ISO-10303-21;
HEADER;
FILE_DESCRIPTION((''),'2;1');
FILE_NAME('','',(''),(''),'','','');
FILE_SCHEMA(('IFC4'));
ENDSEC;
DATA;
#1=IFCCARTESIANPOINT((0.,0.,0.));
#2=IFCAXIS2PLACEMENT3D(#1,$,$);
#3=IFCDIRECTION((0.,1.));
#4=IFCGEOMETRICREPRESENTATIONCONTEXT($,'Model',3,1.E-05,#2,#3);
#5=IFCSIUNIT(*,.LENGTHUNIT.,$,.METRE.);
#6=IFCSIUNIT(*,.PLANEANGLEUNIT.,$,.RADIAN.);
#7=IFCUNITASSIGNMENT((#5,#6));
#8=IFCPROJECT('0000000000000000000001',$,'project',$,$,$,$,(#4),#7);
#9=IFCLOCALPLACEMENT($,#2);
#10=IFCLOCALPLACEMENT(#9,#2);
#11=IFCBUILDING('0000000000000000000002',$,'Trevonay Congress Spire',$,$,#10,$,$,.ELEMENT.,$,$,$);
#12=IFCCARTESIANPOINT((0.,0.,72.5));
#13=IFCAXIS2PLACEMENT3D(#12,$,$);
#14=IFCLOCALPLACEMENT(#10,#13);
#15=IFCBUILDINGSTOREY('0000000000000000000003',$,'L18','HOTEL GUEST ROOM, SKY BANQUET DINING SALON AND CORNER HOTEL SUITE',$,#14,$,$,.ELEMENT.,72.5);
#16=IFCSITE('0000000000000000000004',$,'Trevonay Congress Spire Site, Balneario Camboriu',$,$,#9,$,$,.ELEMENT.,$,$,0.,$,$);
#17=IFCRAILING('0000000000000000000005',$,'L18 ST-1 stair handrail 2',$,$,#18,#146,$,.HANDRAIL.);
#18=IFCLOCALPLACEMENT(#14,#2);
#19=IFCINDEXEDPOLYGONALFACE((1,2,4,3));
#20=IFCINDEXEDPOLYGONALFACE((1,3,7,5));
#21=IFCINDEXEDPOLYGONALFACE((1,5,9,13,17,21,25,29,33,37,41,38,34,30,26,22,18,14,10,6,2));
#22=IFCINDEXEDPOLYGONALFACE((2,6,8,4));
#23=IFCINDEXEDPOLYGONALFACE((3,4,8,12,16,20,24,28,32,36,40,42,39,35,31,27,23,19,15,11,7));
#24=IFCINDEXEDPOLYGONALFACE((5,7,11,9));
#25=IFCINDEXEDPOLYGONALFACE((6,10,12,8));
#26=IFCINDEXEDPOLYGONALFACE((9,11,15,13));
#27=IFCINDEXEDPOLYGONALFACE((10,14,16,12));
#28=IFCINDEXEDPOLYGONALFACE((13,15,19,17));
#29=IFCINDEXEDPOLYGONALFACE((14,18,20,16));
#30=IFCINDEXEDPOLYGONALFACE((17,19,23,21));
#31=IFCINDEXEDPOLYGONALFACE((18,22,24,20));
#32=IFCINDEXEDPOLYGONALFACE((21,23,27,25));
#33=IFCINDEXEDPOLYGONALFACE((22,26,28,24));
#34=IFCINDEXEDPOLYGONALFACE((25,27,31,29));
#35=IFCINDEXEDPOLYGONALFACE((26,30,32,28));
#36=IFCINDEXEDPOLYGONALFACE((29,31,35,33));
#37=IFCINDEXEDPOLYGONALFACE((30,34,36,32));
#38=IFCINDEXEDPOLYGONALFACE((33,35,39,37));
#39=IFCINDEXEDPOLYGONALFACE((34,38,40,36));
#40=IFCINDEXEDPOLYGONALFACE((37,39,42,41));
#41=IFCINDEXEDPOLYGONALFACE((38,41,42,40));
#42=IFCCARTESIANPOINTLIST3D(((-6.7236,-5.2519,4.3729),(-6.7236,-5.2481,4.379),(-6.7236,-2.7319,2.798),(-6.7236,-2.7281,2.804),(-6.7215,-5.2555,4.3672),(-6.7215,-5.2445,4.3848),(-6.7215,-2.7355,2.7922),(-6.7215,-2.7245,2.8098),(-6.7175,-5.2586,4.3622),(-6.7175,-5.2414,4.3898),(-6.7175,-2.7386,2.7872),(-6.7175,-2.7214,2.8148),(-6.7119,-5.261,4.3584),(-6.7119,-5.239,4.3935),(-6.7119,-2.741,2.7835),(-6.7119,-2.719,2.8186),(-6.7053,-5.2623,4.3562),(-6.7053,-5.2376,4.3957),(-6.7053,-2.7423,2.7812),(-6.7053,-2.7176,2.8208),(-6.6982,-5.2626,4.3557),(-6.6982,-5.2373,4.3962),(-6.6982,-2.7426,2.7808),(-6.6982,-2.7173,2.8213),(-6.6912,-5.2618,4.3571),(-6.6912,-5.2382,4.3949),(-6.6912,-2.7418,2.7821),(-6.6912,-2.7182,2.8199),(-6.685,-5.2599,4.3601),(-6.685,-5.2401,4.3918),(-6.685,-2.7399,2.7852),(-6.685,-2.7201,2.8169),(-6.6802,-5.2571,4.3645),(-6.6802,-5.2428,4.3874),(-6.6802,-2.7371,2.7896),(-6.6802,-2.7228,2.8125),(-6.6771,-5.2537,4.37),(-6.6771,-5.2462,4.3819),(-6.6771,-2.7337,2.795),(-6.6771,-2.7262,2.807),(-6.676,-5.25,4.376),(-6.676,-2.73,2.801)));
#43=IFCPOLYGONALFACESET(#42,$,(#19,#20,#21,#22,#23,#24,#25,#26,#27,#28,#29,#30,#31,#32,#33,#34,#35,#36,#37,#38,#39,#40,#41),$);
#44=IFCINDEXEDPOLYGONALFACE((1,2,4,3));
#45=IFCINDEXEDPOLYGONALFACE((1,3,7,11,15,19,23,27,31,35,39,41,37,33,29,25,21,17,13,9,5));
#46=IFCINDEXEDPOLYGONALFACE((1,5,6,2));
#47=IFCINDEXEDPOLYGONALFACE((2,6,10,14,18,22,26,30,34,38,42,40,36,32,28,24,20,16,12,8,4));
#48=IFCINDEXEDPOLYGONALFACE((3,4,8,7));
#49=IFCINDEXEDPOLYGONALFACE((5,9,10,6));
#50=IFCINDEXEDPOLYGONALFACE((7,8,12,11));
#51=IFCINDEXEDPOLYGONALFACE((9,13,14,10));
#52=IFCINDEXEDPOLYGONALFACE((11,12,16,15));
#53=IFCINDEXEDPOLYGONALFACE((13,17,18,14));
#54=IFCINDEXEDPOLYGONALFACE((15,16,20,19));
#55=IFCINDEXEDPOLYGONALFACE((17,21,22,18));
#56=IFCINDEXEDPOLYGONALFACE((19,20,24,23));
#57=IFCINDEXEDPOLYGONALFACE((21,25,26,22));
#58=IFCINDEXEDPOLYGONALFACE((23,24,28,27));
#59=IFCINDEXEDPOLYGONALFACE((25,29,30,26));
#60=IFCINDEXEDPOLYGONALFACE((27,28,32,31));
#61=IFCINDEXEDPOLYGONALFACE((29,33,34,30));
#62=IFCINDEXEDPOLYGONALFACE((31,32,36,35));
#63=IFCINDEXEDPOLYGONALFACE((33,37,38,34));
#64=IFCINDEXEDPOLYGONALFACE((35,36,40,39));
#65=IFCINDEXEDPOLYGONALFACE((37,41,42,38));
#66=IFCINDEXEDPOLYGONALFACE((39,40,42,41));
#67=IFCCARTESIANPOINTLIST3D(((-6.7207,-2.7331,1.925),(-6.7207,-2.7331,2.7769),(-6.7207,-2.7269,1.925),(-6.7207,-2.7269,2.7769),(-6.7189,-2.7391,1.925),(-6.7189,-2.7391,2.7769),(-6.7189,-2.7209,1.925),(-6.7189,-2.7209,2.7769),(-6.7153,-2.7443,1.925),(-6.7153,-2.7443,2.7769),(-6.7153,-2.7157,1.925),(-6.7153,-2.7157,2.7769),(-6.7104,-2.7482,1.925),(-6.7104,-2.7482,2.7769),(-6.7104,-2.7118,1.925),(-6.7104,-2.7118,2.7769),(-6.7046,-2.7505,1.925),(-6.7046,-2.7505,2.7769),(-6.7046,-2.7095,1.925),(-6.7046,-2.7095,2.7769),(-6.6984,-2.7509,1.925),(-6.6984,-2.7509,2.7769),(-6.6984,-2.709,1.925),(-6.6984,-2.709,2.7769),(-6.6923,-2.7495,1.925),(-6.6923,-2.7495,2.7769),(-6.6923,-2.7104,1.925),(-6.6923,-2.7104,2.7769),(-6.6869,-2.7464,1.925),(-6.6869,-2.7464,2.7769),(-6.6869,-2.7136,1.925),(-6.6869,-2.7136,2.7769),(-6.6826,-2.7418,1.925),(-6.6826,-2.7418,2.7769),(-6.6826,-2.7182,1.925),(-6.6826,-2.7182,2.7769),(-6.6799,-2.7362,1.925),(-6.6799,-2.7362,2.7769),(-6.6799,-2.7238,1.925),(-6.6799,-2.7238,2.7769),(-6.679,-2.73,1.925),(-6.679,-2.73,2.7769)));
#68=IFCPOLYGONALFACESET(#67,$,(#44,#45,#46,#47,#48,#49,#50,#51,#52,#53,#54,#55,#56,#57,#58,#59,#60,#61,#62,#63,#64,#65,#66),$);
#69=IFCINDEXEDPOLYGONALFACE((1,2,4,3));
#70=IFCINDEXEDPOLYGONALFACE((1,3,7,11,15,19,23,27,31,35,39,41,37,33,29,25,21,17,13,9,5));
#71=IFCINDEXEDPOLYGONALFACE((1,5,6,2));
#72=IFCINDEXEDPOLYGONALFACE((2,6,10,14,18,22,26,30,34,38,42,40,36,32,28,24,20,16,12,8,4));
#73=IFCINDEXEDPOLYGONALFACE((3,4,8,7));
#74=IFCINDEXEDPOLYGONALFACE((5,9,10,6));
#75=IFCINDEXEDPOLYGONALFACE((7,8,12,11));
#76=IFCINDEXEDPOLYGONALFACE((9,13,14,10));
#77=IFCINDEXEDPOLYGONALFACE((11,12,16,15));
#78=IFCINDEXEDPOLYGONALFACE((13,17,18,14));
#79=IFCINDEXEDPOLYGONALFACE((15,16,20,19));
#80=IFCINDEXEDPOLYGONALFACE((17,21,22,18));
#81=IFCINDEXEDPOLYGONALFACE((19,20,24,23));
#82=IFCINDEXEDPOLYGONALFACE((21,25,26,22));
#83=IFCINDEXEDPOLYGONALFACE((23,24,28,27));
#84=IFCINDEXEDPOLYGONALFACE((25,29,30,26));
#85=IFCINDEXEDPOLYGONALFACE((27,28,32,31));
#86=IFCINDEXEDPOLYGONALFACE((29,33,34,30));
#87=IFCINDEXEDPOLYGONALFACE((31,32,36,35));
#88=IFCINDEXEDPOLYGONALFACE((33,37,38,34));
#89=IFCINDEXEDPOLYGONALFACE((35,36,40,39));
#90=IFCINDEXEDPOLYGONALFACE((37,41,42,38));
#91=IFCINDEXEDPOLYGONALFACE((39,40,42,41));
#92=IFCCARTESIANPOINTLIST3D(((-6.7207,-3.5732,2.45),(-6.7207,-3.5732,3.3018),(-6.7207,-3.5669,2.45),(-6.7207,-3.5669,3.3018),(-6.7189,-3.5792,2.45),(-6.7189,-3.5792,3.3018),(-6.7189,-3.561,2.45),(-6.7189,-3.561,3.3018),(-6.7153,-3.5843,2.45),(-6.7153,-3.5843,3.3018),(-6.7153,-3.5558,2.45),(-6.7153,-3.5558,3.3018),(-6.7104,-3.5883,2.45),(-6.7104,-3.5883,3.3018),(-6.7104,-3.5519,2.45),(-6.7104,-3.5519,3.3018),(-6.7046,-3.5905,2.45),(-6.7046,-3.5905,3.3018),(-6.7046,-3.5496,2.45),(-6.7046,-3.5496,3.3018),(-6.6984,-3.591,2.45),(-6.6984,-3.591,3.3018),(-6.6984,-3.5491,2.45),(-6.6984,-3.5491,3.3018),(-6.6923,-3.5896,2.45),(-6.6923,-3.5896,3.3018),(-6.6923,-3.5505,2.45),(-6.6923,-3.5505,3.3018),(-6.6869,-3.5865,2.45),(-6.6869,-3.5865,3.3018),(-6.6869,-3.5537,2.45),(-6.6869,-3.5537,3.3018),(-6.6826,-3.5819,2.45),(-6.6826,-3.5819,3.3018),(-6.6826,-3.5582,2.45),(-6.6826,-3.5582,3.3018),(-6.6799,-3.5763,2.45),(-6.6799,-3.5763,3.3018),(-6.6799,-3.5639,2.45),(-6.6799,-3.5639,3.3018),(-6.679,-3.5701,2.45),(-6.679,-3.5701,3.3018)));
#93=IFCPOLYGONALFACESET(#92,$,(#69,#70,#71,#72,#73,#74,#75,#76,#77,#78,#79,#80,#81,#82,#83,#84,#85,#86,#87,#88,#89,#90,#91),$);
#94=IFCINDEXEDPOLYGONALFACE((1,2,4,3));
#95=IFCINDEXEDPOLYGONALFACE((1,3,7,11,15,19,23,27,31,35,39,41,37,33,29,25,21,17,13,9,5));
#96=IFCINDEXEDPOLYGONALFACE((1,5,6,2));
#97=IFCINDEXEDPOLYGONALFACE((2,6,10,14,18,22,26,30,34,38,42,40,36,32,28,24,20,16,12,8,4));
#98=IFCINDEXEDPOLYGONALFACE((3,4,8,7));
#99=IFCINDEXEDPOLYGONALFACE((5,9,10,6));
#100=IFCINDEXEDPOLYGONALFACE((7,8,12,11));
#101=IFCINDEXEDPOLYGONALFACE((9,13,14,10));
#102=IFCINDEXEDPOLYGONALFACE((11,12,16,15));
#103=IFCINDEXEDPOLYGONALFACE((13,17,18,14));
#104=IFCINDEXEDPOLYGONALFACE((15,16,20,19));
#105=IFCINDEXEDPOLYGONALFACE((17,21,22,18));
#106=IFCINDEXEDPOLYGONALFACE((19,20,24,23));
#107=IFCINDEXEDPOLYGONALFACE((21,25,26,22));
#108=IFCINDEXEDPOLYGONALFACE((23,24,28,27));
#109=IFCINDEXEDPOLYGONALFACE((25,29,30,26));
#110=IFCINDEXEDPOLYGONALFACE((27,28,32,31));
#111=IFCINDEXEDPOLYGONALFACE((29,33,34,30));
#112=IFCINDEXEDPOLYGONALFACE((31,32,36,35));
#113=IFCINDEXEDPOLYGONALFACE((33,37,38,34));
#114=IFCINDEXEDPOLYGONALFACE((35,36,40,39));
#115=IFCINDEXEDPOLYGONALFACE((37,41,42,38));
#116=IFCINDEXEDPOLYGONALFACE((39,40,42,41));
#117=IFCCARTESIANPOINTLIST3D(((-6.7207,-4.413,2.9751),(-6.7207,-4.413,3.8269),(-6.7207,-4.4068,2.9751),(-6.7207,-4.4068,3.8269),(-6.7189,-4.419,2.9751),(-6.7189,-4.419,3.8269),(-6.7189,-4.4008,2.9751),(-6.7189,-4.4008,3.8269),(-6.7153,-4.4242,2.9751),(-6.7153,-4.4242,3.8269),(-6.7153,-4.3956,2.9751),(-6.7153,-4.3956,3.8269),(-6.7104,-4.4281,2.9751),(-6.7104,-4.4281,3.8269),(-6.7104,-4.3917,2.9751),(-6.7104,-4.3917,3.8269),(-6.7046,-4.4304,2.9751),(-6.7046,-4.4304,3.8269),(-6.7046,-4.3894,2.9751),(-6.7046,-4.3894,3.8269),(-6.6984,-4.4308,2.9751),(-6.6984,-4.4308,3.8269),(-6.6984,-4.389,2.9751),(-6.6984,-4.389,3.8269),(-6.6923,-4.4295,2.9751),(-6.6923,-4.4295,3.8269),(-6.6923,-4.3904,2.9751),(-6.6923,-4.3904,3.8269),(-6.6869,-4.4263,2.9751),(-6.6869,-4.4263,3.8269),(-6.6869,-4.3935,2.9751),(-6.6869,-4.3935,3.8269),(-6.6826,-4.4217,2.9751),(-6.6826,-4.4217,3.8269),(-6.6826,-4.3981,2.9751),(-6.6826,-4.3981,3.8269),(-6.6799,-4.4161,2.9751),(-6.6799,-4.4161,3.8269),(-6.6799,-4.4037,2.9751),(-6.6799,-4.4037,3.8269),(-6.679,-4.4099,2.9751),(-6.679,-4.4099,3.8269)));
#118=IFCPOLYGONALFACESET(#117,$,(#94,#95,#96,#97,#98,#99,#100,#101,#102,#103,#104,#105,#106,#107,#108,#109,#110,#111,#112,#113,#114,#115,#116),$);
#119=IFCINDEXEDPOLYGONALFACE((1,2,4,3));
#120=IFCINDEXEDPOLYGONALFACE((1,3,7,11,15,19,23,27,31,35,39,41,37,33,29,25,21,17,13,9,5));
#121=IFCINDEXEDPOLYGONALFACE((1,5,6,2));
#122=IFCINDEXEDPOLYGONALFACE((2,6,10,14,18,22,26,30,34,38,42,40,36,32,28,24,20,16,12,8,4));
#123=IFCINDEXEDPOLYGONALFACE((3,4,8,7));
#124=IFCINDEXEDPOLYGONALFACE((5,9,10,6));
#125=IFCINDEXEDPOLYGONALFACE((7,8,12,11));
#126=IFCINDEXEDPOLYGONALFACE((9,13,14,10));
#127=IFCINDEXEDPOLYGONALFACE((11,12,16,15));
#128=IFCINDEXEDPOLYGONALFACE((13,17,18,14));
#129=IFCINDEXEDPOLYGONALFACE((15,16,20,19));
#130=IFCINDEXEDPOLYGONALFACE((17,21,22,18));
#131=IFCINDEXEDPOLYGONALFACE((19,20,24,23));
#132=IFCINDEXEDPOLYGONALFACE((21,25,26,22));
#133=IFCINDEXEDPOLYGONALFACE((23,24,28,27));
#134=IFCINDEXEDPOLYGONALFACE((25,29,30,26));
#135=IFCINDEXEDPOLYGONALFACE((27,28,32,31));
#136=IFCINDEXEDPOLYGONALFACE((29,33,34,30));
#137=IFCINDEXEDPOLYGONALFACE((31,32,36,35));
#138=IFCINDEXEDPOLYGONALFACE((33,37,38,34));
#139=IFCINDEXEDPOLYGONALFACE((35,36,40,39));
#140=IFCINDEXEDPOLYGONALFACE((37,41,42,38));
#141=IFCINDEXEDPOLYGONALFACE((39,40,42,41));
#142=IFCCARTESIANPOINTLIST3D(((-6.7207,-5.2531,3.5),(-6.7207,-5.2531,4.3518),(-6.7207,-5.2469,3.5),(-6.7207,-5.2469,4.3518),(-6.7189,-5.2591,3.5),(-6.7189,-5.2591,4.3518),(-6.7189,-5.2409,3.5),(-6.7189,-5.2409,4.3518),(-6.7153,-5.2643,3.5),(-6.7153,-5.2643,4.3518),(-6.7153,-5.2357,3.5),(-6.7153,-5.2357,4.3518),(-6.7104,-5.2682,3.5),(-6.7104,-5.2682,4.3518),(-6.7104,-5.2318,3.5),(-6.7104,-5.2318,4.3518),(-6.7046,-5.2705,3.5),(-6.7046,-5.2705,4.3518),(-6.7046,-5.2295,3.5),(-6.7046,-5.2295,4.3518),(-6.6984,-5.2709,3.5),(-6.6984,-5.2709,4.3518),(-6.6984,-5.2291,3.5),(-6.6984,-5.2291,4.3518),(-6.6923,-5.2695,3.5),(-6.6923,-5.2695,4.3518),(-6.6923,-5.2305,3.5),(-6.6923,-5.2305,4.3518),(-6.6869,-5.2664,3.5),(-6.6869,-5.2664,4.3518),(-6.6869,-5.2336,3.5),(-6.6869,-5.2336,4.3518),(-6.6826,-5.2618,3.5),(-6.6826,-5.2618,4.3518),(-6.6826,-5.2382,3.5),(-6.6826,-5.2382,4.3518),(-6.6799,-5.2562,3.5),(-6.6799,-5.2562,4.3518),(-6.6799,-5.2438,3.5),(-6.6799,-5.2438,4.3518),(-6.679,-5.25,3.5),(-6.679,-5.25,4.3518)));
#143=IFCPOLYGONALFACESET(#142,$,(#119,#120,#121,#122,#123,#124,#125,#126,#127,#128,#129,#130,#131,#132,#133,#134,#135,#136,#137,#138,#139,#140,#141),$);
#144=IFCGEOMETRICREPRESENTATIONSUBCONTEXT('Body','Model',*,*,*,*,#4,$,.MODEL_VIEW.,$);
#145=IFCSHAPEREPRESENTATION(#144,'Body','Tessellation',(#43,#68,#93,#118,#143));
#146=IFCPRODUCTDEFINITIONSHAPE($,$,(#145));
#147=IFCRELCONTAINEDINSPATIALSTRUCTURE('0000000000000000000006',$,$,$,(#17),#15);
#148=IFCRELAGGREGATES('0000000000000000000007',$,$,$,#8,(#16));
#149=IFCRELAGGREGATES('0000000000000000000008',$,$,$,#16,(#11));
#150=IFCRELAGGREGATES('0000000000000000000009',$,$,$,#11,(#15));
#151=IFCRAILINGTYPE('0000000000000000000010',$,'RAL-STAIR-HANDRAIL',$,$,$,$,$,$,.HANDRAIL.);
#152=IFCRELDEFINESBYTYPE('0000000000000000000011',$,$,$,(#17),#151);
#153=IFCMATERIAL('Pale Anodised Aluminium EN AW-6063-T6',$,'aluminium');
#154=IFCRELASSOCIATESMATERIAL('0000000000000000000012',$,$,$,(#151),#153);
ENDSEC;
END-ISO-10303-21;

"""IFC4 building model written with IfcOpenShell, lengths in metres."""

from ifc_helpers import new_model, si_unit, direction, frame, origin, origin_2d, place, context, subcontext, project, spatial, circle, extrude, material, type_object, element, save


model = new_model("IFC4")

# Units and contexts
model_context = context("Model", 3, precision=1e-05, world=origin(), true_north=direction((0.0, 1.0)))
body_context = subcontext(model_context, "Body", "Model", "MODEL_VIEW")
ifc_project = project(units=[si_unit("LENGTHUNIT", "METRE"), si_unit("PLANEANGLEUNIT", "RADIAN")], contexts=[model_context])

# Site, building, storey
site_placement = place(None, origin())
site = spatial("IfcSite", under=ifc_project, at=site_placement, Name="Trevonay Congress Spire Site, Balneario Camboriu", CompositionType="ELEMENT", RefElevation=0.0)
building_placement = place(site_placement, origin())
building = spatial("IfcBuilding", under=site, at=building_placement, Name="Trevonay Congress Spire", CompositionType="ELEMENT")
storey_placement = place(building_placement, frame((0.0, 0.0, 72.5)))
storey = spatial("IfcBuildingStorey", under=building, at=storey_placement, Name="L18", Description="HOTEL GUEST ROOM, SKY BANQUET DINING SALON AND CORNER HOTEL SUITE", CompositionType="ELEMENT", Elevation=72.5)

# Shared definitions
ifc_material_1 = material(Name="Pale Anodised Aluminium EN AW-6063-T6", Category="aluminium")

# Railing
railing_type_1 = type_object("IfcRailingType", Name="RAL-STAIR-HANDRAIL", PredefinedType="HANDRAIL", material=ifc_material_1)
railing_1_placement = place(storey_placement, frame((-6.7, -2.73, 1.925)))
element("IfcRailing", 1, at=railing_1_placement, inside=storey, type_object=railing_type_1, Name="L18 ST-1 stair handrail 2", PredefinedType="HANDRAIL", context=body_context, shape_type="SweptSolid", body=[
    extrude(circle(Radius=0.0239, at=origin_2d()), frame((0.0, 0.0, 0.876), z_axis=(0.0, -0.848008, 0.529984), x_axis=(1.0, 0.0, 0.0)), (0.0, 0.0, 1.0), 2.9717),
    extrude(circle(Radius=0.021, at=origin_2d()), origin(), (0.0, 0.0, 1.0), 0.8518),
    extrude(circle(Radius=0.021, at=origin_2d()), frame((0.0, -0.8401, 0.5249)), (0.0, 0.0, 1.0), 0.8518),
    extrude(circle(Radius=0.021, at=origin_2d()), frame((0.0, -1.6799, 1.05)), (0.0, 0.0, 1.0), 0.8518),
    extrude(circle(Radius=0.021, at=origin_2d()), frame((0.0, -2.52, 1.575)), (0.0, 0.0, 1.0), 0.8518),
])

save(model, "model.ifc")
